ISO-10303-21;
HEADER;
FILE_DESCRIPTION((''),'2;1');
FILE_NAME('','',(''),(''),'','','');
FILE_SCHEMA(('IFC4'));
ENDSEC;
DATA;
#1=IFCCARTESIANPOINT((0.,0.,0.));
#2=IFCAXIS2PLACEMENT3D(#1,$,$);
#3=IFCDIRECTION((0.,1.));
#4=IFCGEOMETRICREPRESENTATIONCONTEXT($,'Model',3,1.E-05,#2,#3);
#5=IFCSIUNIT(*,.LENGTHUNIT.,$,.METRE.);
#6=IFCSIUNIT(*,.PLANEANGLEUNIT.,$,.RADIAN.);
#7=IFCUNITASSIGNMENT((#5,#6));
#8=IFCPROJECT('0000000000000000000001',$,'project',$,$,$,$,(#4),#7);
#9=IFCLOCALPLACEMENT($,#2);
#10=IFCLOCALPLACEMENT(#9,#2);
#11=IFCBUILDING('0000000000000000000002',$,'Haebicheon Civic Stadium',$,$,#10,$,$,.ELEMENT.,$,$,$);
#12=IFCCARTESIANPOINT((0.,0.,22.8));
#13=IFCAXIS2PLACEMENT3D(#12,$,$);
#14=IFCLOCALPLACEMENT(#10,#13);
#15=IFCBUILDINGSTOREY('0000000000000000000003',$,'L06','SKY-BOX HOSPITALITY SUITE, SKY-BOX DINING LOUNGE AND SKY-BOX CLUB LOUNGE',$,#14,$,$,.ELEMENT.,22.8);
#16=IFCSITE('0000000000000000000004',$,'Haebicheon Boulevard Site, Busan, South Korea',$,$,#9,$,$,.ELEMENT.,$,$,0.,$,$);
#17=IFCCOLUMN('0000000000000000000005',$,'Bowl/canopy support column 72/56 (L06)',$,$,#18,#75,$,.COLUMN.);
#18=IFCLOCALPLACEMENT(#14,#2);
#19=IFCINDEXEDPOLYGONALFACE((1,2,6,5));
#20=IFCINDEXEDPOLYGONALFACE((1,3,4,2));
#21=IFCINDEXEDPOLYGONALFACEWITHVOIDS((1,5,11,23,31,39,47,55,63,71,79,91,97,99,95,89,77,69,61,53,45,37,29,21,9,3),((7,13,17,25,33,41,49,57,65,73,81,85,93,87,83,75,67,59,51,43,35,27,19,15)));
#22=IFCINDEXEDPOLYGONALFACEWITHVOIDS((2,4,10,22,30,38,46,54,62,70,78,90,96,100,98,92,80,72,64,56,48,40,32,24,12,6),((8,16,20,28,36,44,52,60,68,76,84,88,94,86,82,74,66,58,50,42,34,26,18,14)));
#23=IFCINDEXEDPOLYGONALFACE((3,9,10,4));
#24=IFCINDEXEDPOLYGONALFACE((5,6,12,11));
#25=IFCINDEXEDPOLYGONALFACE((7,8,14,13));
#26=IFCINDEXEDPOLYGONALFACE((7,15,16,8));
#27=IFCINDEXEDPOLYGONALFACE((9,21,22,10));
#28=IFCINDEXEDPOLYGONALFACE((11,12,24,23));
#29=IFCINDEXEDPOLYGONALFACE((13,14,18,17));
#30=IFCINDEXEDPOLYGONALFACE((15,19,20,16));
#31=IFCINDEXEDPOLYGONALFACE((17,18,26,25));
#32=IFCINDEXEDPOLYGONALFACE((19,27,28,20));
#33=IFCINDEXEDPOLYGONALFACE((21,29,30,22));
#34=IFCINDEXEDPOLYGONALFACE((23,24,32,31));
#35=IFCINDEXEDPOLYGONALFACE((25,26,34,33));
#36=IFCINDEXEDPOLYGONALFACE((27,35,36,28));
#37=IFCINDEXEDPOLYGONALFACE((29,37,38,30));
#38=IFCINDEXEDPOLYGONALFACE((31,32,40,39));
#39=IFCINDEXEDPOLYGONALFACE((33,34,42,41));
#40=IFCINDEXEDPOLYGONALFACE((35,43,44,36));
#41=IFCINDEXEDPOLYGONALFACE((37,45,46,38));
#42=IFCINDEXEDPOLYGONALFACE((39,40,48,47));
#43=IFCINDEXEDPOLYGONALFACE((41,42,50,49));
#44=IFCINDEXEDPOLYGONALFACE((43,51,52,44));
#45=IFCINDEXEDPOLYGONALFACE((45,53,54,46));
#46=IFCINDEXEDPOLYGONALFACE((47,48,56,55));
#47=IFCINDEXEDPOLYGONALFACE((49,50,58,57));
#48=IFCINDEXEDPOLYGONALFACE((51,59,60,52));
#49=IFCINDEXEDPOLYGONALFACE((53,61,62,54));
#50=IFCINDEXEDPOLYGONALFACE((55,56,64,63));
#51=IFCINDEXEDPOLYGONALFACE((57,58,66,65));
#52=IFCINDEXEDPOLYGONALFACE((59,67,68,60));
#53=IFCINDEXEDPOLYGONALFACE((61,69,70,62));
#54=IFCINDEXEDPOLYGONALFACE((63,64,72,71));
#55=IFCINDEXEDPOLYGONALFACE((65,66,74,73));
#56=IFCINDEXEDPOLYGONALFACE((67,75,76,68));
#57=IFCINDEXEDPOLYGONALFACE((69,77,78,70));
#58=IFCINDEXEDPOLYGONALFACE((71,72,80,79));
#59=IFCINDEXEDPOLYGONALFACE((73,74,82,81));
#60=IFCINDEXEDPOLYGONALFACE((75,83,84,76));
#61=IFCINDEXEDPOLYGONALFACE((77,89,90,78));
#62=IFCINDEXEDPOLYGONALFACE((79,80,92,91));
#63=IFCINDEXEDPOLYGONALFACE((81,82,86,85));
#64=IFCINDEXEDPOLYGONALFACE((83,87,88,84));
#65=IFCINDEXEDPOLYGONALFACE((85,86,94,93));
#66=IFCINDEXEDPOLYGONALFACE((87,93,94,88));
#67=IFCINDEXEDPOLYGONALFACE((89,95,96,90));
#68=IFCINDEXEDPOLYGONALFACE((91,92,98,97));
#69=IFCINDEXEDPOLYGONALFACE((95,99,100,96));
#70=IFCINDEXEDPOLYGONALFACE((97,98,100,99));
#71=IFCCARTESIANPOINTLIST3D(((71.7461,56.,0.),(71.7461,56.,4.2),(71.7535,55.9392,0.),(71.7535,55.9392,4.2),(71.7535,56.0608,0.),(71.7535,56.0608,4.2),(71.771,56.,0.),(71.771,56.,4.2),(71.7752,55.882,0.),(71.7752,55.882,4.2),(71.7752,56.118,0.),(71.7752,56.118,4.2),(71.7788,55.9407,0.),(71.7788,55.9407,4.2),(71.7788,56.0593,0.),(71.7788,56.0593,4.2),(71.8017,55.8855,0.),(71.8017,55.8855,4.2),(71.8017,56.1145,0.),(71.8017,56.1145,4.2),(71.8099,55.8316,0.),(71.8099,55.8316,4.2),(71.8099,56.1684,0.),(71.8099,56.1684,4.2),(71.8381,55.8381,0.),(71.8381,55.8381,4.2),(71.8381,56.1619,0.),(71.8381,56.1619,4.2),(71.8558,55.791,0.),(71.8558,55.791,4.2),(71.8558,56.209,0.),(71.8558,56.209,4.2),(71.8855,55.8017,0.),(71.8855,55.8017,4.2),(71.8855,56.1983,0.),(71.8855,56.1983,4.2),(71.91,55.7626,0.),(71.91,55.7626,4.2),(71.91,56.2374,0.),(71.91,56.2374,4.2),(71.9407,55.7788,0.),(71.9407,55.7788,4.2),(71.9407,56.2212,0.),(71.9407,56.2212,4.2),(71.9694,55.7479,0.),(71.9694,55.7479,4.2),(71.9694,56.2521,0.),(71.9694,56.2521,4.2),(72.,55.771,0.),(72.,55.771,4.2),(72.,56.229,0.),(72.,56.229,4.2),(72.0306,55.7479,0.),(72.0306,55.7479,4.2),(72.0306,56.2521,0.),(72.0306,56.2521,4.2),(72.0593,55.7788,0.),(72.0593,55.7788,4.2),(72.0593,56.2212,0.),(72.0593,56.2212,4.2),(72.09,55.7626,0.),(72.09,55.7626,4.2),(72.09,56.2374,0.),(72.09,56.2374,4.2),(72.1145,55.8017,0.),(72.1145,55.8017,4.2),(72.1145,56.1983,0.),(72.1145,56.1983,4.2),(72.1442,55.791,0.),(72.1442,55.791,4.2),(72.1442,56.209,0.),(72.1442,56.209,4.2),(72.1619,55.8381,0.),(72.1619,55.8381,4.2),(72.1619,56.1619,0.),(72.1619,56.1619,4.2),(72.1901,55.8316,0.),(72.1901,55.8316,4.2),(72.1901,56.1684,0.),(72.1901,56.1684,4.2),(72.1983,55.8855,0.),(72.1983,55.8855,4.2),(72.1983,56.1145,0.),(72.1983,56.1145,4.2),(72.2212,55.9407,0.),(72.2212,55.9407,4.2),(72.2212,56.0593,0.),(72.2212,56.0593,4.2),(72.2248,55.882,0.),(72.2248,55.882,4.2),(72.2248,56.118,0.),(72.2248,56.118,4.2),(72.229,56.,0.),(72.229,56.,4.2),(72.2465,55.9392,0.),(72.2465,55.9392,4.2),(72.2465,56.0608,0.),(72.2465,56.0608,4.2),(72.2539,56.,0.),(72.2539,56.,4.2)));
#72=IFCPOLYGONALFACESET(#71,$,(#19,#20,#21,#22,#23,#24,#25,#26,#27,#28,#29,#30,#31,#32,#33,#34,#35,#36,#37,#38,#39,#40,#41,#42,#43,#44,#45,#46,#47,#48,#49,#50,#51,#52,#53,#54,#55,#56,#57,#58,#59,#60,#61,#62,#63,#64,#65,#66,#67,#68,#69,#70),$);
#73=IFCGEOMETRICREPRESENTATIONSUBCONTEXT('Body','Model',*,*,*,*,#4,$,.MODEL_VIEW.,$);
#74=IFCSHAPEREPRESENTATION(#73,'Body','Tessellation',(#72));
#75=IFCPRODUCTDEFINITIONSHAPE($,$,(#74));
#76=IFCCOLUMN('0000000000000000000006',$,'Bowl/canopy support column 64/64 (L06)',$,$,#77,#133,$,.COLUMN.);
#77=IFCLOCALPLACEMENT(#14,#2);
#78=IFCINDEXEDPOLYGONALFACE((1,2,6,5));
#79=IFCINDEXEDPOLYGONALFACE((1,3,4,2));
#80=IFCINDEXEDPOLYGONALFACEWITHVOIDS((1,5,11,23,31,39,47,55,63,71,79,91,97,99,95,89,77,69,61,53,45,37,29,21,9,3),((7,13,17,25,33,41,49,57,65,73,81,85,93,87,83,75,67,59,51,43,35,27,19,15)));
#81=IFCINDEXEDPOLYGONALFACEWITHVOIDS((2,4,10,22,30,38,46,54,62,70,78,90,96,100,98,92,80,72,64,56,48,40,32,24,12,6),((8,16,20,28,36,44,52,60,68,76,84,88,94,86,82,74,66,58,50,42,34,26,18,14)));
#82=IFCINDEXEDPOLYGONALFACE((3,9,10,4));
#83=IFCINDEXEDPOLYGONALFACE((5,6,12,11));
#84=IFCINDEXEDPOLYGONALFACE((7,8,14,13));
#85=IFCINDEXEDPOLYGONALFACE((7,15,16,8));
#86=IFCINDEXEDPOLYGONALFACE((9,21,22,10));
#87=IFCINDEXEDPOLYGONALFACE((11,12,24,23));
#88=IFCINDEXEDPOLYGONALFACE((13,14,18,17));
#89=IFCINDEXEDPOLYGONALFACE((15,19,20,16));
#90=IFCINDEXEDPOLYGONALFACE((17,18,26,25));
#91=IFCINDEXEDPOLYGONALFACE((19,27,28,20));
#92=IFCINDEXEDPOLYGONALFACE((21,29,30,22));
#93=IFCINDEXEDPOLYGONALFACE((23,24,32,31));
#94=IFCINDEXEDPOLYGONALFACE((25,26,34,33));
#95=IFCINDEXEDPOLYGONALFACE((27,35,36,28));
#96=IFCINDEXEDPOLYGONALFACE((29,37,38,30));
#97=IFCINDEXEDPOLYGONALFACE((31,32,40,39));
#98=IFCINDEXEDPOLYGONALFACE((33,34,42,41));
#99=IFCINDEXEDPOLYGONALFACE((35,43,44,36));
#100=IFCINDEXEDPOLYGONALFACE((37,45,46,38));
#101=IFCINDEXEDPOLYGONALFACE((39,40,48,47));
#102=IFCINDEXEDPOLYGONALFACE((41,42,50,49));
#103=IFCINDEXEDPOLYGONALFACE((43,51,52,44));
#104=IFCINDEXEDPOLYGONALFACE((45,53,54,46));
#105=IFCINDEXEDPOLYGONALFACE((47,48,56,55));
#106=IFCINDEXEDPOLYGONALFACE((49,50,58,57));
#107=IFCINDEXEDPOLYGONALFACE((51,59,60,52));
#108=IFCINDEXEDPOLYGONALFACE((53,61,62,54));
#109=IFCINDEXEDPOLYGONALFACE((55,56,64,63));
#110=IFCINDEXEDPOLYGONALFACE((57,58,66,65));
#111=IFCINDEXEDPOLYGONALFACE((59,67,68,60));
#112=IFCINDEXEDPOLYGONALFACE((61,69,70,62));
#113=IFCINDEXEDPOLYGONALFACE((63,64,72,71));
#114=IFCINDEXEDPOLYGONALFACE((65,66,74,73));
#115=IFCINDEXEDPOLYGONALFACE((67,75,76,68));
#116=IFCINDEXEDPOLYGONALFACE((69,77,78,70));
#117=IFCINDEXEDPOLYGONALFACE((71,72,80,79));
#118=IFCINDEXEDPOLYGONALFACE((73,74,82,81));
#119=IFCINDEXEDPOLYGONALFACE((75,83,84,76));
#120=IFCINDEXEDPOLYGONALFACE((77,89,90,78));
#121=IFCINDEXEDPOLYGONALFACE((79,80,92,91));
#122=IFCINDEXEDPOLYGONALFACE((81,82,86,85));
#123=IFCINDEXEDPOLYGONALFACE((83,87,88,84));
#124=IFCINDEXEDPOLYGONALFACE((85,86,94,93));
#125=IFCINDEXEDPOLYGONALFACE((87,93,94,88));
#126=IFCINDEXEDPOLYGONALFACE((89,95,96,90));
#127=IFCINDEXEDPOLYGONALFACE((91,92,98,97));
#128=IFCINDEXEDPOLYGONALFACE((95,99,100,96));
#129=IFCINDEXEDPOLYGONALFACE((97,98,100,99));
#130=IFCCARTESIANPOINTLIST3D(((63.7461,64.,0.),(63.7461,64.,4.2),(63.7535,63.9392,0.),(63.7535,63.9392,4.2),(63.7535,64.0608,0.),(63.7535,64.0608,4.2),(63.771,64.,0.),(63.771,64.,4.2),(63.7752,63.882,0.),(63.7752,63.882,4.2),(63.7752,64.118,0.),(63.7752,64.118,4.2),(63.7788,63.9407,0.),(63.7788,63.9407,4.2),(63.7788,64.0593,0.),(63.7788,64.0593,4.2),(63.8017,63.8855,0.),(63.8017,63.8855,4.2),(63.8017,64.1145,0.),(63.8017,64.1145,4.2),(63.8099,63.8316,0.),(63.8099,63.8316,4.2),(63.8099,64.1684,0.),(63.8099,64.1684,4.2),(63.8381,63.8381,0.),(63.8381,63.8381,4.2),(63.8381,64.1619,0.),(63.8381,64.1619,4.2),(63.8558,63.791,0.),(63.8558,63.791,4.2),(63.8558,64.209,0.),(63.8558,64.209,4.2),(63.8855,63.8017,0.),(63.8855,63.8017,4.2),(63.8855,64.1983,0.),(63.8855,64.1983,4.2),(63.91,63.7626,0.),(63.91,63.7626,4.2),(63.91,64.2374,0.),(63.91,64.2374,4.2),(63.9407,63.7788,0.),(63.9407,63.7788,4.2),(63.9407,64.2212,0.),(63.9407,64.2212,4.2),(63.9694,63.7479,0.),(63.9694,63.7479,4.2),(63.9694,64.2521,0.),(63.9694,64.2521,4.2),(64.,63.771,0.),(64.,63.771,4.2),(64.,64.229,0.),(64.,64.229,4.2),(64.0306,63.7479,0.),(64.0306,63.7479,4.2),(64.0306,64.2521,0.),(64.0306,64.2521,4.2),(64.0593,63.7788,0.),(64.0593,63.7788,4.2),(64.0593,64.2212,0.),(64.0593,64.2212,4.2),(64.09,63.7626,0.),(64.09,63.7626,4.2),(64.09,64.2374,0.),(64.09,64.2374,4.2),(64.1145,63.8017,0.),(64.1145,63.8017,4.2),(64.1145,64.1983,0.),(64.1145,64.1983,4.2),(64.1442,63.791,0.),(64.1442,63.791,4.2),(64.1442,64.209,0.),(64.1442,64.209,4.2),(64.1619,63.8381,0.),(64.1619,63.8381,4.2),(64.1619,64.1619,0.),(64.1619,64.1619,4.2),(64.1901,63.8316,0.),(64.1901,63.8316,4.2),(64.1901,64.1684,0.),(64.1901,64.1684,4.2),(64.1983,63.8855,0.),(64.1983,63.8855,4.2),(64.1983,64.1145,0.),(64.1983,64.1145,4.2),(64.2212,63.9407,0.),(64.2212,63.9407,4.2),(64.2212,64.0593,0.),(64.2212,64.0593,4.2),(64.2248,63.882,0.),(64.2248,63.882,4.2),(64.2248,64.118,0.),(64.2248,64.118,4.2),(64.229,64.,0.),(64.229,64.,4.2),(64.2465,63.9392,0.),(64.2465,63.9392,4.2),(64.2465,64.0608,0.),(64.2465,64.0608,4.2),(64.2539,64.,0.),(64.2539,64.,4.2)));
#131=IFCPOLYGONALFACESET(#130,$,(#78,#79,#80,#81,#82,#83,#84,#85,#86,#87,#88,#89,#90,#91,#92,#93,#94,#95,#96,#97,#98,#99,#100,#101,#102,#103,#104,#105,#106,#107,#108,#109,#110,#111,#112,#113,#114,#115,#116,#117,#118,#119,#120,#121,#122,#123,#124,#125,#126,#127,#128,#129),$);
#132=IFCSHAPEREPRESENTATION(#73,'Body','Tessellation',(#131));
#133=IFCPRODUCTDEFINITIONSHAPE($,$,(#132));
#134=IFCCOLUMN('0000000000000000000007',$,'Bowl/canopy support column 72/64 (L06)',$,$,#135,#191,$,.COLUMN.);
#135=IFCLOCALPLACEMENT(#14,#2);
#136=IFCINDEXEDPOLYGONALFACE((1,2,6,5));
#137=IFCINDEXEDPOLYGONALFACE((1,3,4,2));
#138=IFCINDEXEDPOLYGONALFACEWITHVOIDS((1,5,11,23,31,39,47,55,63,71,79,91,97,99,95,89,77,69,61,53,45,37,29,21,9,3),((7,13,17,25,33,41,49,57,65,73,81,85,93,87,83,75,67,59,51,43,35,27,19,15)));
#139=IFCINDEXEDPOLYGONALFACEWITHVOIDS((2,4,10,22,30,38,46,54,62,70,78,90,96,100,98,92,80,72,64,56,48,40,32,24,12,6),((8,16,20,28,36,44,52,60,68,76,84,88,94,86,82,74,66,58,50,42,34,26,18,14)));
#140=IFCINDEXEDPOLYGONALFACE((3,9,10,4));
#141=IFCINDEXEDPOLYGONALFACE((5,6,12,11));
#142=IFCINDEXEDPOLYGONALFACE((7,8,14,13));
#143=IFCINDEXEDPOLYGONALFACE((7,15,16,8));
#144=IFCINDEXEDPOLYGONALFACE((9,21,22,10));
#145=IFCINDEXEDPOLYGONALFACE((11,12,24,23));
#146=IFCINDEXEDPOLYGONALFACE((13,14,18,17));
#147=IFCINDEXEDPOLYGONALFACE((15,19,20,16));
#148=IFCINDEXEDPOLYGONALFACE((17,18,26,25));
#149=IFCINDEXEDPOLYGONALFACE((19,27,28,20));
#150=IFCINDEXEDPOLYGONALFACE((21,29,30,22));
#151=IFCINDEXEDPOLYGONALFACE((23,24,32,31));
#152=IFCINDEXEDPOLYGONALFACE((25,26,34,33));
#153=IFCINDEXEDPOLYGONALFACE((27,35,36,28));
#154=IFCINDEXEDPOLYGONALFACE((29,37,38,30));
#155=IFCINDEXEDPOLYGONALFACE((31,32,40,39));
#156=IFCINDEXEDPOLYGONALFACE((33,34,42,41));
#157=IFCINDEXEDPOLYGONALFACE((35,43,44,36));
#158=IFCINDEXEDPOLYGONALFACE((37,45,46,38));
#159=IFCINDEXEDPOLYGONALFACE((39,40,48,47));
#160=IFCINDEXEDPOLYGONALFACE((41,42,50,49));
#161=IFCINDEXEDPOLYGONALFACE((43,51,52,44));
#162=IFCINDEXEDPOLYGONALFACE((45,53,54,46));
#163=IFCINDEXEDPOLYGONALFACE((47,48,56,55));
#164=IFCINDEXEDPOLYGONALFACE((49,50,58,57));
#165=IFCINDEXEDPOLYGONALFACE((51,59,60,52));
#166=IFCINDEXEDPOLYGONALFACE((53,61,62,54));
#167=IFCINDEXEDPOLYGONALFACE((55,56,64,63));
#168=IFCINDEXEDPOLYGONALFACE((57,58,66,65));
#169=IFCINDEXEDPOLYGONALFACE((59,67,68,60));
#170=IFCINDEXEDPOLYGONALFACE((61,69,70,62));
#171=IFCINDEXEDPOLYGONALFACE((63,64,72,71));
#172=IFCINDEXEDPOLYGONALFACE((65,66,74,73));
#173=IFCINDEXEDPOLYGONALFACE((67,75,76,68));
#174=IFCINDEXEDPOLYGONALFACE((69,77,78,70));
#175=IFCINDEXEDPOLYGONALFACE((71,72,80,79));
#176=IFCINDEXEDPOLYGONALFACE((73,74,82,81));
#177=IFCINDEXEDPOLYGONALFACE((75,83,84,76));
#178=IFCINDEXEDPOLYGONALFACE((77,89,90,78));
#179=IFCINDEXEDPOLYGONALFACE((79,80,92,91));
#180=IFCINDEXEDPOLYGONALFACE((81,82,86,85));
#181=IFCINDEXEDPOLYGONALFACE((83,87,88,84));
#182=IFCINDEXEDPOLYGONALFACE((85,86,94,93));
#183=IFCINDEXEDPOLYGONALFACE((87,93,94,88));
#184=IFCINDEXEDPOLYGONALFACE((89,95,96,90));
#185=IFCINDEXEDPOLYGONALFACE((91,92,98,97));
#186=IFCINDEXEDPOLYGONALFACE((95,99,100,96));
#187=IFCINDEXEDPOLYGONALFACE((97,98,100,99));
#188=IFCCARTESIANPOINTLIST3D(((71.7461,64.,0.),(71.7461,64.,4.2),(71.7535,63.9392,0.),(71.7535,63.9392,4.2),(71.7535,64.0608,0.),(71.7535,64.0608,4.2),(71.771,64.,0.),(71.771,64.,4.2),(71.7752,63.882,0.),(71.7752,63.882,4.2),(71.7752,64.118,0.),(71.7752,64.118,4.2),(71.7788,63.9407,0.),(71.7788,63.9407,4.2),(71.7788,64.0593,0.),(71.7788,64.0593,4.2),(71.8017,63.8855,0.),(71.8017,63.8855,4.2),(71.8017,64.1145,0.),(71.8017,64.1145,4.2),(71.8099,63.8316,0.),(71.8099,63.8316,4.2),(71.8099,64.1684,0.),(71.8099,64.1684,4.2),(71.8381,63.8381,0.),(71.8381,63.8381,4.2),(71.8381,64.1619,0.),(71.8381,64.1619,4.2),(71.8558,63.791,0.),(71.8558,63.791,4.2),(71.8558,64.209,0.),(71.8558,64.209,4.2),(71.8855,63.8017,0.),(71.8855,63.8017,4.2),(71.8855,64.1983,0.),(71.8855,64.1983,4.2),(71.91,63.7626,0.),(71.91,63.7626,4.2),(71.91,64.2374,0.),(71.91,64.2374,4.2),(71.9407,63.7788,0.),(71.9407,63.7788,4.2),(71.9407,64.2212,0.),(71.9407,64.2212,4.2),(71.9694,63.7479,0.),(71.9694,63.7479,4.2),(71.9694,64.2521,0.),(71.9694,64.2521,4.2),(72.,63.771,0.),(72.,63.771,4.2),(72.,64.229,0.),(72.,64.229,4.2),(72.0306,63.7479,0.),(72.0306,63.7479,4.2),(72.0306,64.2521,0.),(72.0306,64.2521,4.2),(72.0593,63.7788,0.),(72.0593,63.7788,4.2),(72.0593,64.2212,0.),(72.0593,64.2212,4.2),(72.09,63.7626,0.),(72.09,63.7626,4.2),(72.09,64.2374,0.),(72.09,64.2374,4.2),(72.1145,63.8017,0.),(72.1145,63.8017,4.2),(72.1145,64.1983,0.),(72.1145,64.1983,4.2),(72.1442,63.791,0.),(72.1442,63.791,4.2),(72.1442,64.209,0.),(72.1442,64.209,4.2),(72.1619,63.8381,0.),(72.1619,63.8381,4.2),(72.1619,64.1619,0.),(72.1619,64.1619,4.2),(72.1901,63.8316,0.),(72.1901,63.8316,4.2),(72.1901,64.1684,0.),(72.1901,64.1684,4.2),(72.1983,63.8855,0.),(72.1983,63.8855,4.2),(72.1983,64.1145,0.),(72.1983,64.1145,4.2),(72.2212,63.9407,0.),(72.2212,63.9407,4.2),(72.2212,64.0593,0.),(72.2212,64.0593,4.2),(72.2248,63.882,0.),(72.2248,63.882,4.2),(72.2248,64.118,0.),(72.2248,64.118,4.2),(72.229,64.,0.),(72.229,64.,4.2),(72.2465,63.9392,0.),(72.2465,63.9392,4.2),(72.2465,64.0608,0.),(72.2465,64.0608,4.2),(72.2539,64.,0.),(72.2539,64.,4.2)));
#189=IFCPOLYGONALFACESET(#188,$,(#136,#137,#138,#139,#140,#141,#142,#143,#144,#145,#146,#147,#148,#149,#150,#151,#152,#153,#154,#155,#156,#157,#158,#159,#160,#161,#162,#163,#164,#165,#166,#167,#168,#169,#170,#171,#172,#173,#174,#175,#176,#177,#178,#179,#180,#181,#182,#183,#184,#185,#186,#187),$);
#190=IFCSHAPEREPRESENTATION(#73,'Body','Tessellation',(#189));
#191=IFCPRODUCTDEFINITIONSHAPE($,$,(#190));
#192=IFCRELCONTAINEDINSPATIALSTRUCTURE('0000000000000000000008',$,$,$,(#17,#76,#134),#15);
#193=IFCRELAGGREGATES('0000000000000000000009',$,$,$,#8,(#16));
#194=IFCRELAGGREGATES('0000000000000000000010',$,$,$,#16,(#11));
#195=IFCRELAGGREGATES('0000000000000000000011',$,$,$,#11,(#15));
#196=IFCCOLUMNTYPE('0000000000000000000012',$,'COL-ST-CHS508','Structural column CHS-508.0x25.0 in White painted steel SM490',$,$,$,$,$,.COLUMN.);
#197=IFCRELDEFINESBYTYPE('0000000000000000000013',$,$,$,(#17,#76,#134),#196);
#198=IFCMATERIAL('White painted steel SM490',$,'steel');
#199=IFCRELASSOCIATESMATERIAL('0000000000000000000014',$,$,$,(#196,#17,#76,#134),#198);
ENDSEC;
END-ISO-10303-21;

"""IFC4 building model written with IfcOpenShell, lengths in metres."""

from ifc_helpers import new_model, si_unit, direction, frame, origin, origin_2d, place, context, subcontext, project, spatial, hollow_circle, extrude, material, material_profile, profile_set, type_object, element, save


model = new_model("IFC4")

# Units and contexts
model_context = context("Model", 3, precision=1e-05, world=origin(), true_north=direction((0.0, 1.0)))
body_context = subcontext(model_context, "Body", "Model", "MODEL_VIEW")
ifc_project = project(units=[si_unit("LENGTHUNIT", "METRE"), si_unit("PLANEANGLEUNIT", "RADIAN")], contexts=[model_context])

# Site, building, storey
site_placement = place(None, origin())
site = spatial("IfcSite", under=ifc_project, at=site_placement, Name="Haebicheon Boulevard Site, Busan, South Korea", CompositionType="ELEMENT", RefElevation=0.0)
building_placement = place(site_placement, origin())
building = spatial("IfcBuilding", under=site, at=building_placement, Name="Haebicheon Civic Stadium", CompositionType="ELEMENT")
storey_placement = place(building_placement, frame((0.0, 0.0, 22.8)))
storey = spatial("IfcBuildingStorey", under=building, at=storey_placement, Name="L06", Description="SKY-BOX HOSPITALITY SUITE, SKY-BOX DINING LOUNGE AND SKY-BOX CLUB LOUNGE", CompositionType="ELEMENT", Elevation=22.8)

# Columns
ifc_material_1 = material(Name="White painted steel SM490", Category="steel")
ifc_material_profile_1 = material_profile(ifc_material_1, hollow_circle(Radius=0.2539, WallThickness=0.0249, at=origin_2d()), Name="CHS-508.0x25.0")
ifc_profile_set_1 = profile_set([ifc_material_profile_1], Name="White painted steel SM490")
column_type_1 = type_object("IfcColumnType", Name="COL-ST-CHS508", Description="Structural column CHS-508.0x25.0 in White painted steel SM490", PredefinedType="COLUMN", material=ifc_profile_set_1)
for number, where, z_axis, x_axis, name in (
    (1, (72.0, 56.0, 0.0), (0.0, 0.0, 1.0), (1.0, 0.0, 0.0), "Bowl/canopy support column 72/56 (L06)"),
    (2, (64.0, 64.0, 0.0), (0.0, 0.0, 1.0), (1.0, 0.0, 0.0), "Bowl/canopy support column 64/64 (L06)"),
    (3, (72.0, 64.0, 0.0), (0.0, 0.0, 1.0), (1.0, 0.0, 0.0), "Bowl/canopy support column 72/64 (L06)"),
):
    element("IfcColumn", number, at=place(storey_placement, frame(where, z_axis=z_axis, x_axis=x_axis)), inside=storey, type_object=column_type_1, material=ifc_profile_set_1, Name=name, PredefinedType="COLUMN", context=body_context, shape_type="SweptSolid", body=[
        extrude(hollow_circle(Radius=0.2539, WallThickness=0.0249, at=origin_2d()), origin(), (0.0, 0.0, 1.0), 4.2),
    ])

save(model, "model.ifc")
